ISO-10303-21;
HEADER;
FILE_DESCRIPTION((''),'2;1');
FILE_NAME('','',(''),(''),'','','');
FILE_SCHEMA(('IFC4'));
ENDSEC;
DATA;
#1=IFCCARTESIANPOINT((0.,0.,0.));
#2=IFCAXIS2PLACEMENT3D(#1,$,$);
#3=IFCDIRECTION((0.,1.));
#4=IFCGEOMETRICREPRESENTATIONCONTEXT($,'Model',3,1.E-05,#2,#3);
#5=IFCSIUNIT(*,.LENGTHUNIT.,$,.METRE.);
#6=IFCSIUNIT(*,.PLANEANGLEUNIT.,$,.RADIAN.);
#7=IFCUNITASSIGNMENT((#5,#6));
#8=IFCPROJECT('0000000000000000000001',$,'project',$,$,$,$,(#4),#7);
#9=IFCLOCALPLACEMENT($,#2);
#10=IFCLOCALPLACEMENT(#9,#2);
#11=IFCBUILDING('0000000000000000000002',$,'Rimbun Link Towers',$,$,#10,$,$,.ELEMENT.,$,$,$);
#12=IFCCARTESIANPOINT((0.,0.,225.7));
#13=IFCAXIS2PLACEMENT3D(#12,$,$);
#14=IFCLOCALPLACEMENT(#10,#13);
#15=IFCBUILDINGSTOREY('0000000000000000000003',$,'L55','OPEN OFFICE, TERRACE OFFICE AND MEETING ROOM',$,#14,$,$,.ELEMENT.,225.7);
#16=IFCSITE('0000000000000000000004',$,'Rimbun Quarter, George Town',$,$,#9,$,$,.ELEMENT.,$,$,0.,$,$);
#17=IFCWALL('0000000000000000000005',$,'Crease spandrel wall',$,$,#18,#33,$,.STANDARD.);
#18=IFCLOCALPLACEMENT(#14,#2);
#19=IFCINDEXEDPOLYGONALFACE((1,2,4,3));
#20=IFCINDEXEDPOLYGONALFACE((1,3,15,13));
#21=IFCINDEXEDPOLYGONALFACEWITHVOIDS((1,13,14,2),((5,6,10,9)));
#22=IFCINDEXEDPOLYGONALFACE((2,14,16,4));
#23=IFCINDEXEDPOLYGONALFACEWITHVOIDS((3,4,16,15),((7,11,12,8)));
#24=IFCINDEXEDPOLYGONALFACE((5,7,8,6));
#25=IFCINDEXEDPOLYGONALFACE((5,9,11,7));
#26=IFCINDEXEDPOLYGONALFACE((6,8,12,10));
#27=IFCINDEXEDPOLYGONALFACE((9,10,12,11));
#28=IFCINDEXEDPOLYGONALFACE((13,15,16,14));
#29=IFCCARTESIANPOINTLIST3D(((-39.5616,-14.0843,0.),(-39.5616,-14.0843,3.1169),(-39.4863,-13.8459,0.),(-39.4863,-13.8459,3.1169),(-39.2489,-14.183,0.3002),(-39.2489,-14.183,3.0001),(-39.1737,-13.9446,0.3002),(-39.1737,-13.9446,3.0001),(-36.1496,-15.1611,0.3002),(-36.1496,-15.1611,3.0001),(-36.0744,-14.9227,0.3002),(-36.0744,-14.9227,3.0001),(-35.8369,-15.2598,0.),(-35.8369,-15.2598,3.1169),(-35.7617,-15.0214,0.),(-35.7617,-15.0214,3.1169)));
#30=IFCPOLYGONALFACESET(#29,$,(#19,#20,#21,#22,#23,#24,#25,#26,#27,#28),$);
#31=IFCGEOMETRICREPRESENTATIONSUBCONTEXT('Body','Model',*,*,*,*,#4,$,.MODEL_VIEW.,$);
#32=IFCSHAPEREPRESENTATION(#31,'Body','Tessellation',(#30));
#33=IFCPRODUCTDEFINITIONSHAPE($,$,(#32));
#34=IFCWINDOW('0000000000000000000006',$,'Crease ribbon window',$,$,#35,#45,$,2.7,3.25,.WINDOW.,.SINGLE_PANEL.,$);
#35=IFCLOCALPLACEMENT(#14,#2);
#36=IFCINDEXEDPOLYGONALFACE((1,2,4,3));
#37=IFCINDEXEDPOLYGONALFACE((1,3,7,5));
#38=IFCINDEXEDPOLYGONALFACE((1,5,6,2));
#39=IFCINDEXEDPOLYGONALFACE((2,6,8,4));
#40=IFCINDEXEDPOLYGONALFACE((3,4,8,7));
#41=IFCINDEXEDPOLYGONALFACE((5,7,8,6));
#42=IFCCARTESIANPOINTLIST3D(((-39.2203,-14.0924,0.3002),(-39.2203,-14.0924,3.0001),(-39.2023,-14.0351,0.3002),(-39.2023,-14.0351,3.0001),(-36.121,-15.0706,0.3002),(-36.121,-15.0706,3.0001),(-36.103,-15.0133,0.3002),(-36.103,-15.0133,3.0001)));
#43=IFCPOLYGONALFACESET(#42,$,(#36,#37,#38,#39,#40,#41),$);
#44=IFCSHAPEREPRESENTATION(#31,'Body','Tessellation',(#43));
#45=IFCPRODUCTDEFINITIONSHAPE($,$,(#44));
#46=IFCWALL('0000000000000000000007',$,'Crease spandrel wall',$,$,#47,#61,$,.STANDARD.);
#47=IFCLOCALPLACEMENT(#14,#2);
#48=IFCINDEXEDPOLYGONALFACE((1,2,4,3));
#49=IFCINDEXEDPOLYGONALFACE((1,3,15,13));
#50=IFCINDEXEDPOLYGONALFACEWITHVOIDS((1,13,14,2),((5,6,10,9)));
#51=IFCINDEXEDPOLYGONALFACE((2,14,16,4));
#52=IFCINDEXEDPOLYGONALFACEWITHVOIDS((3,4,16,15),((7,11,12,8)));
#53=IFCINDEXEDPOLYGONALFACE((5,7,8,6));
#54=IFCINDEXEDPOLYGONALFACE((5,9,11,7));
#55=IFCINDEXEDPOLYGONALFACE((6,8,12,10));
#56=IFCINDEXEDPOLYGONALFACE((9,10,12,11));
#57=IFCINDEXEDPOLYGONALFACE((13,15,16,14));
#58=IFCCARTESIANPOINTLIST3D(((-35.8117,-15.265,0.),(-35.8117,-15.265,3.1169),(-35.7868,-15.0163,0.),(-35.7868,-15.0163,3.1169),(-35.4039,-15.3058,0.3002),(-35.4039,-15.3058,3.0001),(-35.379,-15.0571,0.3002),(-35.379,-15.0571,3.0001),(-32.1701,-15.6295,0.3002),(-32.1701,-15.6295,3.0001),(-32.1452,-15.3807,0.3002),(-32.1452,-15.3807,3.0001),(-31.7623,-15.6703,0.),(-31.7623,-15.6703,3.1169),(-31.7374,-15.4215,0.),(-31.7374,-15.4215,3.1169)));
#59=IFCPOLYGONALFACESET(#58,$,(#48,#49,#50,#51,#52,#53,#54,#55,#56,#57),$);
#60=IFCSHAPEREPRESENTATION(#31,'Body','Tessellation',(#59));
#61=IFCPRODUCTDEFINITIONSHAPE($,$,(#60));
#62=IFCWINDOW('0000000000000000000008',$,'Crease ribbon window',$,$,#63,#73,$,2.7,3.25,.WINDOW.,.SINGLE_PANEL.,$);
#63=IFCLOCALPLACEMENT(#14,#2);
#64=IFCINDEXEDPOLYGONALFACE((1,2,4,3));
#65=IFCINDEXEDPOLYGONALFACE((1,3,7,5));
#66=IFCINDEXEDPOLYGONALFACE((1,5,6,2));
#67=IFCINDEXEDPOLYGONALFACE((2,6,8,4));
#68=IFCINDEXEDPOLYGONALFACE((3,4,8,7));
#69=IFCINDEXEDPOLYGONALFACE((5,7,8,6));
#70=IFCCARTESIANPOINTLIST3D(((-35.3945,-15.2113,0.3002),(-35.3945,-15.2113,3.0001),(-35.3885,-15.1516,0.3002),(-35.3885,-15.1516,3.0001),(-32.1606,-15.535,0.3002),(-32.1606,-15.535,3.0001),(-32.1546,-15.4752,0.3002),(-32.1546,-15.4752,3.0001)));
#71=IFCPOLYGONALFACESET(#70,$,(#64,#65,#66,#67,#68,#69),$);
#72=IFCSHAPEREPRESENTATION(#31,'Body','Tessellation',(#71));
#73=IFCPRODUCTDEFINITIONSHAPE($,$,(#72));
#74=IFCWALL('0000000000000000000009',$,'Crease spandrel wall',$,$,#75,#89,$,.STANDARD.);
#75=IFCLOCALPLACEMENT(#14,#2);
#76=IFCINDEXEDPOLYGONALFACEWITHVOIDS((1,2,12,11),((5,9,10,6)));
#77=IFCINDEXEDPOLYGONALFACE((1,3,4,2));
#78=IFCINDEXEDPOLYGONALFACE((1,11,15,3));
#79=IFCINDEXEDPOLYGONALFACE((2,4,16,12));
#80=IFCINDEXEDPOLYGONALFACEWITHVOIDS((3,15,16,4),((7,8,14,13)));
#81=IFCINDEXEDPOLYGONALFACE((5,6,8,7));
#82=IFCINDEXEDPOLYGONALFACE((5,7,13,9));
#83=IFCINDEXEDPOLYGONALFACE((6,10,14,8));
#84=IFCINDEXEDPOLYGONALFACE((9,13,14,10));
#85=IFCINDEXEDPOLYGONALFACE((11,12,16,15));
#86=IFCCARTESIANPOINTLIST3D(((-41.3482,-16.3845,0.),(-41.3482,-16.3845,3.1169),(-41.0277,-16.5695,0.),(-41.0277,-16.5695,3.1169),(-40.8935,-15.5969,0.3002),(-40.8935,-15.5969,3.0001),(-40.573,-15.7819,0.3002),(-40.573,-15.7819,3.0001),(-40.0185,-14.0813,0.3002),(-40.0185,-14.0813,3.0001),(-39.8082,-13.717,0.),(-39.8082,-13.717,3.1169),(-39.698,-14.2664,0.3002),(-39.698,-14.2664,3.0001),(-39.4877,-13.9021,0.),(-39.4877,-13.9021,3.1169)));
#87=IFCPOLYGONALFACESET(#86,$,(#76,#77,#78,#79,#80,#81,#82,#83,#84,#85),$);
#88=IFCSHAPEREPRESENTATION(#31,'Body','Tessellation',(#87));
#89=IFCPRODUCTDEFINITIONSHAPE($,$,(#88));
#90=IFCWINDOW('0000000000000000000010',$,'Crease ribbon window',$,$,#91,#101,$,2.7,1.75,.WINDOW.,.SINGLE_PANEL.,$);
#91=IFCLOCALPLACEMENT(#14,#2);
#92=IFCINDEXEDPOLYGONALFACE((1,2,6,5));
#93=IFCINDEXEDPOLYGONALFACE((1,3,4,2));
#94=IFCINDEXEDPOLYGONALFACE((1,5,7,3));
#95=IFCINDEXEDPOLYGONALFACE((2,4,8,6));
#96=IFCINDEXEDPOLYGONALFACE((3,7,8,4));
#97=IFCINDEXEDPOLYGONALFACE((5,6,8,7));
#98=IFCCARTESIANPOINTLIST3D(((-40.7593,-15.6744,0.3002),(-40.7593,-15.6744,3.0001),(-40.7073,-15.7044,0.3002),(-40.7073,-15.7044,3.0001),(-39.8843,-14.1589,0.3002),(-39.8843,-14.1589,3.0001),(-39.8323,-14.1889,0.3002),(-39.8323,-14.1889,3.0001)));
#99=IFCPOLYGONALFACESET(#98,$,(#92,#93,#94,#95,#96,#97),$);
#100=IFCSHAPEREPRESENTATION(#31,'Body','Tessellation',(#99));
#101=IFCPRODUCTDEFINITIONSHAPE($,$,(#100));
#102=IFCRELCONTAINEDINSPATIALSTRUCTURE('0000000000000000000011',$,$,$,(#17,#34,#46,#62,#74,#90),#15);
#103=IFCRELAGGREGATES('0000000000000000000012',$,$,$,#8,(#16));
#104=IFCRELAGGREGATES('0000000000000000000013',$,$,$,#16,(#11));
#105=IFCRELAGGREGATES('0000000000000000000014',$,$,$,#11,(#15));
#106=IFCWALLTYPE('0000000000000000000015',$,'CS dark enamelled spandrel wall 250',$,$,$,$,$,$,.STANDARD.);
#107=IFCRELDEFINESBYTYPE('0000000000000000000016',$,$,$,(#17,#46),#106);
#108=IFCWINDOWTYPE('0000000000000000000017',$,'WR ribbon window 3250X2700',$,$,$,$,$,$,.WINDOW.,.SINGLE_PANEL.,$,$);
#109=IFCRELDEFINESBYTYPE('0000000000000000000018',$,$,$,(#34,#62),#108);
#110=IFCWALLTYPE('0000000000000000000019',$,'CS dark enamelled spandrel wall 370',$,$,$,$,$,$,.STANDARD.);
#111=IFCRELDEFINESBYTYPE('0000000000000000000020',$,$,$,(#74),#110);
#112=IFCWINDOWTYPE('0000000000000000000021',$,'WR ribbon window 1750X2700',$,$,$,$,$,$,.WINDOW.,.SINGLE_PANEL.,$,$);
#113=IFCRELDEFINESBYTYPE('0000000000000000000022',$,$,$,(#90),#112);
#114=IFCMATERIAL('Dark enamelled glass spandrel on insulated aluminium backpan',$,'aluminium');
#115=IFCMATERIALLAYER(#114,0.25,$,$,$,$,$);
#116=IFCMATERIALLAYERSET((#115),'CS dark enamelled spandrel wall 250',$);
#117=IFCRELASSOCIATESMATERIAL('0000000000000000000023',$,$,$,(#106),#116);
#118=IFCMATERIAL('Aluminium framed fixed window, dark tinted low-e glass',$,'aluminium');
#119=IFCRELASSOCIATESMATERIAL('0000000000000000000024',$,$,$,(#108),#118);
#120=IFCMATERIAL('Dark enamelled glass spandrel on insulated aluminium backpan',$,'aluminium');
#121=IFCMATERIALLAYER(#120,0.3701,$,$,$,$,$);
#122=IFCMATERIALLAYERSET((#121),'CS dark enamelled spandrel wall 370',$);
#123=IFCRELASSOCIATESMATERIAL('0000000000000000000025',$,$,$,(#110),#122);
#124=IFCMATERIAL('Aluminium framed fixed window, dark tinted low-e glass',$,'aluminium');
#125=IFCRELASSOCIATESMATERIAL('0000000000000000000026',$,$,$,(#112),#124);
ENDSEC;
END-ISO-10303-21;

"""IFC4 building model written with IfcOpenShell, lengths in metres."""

from ifc_helpers import new_model, si_unit, direction, frame, frame_2d, origin, place, context, subcontext, project, spatial, rectangle, extrude, material, layer, layer_set, type_object, element, fill, save


model = new_model("IFC4")

# Units and contexts
model_context = context("Model", 3, precision=1e-05, world=origin(), true_north=direction((0.0, 1.0)))
body_context = subcontext(model_context, "Body", "Model", "MODEL_VIEW")
ifc_project = project(units=[si_unit("LENGTHUNIT", "METRE"), si_unit("PLANEANGLEUNIT", "RADIAN")], contexts=[model_context])

# Site, building, storey
site_placement = place(None, origin())
site = spatial("IfcSite", under=ifc_project, at=site_placement, Name="Rimbun Quarter, George Town", CompositionType="ELEMENT", RefElevation=0.0)
building_placement = place(site_placement, origin())
building = spatial("IfcBuilding", under=site, at=building_placement, Name="Rimbun Link Towers", CompositionType="ELEMENT")
storey_placement = place(building_placement, frame((0.0, 0.0, 225.7)))
storey = spatial("IfcBuildingStorey", under=building, at=storey_placement, Name="L55", Description="OPEN OFFICE, TERRACE OFFICE AND MEETING ROOM", CompositionType="ELEMENT", Elevation=225.7)

# Walls, openings, windows
ifc_material_1 = material(Name="Dark enamelled glass spandrel on insulated aluminium backpan", Category="aluminium")
ifc_layer_1 = layer(ifc_material_1, 0.25)
ifc_layer_set_1 = layer_set([ifc_layer_1], Name="CS dark enamelled spandrel wall 250")
wall_type_1 = type_object("IfcWallType", Name="CS dark enamelled spandrel wall 250", PredefinedType="STANDARD", material=ifc_layer_set_1)
wall_1_placement = place(storey_placement, frame((-35.7993, -15.1406, 0.0), z_axis=(0.0, 0.0, 1.0), x_axis=(-0.953631, 0.300979, 0.0)))
wall_1 = element("IfcWall", 1, at=wall_1_placement, inside=storey, type_object=wall_type_1, Name="Crease spandrel wall", PredefinedType="STANDARD", context=body_context, shape_type="SweptSolid", body=[
    extrude(rectangle(XDim=3.9058, YDim=0.25, at=frame_2d((1.9529, 0.0))), origin(), (0.0, 0.0, 1.0), 3.1169),
])
opening_1_placement = place(wall_1_placement, frame((0.3279, 0.0, 0.3)))
opening_1 = element("IfcOpeningElement", 2, at=opening_1_placement, cuts=wall_1, PredefinedType="OPENING", context=body_context, shape_type="SweptSolid", body=[
    extrude(rectangle(XDim=3.25, YDim=2.7, at=frame_2d((1.625, 1.3501))), frame((0.0, 0.135, 0.0), z_axis=(0.0, -1.0, 0.0), x_axis=(1.0, 0.0, 0.0)), (0.0, 0.0, 1.0), 0.27),
])
ifc_material_2 = material(Name="Aluminium framed fixed window, dark tinted low-e glass", Category="aluminium")
window_type_1 = type_object("IfcWindowType", Name="WR ribbon window 3250X2700", PartitioningType="SINGLE_PANEL", PredefinedType="WINDOW", material=ifc_material_2)
window_1_placement = place(opening_1_placement, origin())
window_1 = element("IfcWindow", 3, at=window_1_placement, inside=storey, type_object=window_type_1, Name="Crease ribbon window", OverallHeight=2.7, OverallWidth=3.25, PartitioningType="SINGLE_PANEL", PredefinedType="WINDOW", context=body_context, shape_type="SweptSolid", body=[
    extrude(rectangle(XDim=3.25, YDim=2.7, at=frame_2d((1.625, 1.3501))), frame((0.0, 0.03, 0.0), z_axis=(0.0, -1.0, 0.0), x_axis=(1.0, 0.0, 0.0)), (0.0, 0.0, 1.0), 0.0601),
])
fill(opening_1, window_1)
wall_2_placement = place(storey_placement, frame((-31.75, -15.5459, 0.0), z_axis=(0.0, 0.0, 1.0), x_axis=(-0.995029, 0.099587, 0.0)))
wall_2 = element("IfcWall", 4, at=wall_2_placement, inside=storey, type_object=wall_type_1, Name="Crease spandrel wall", PredefinedType="STANDARD", context=body_context, shape_type="SweptSolid", body=[
    extrude(rectangle(XDim=4.0696, YDim=0.25, at=frame_2d((2.0347, 0.0))), origin(), (0.0, 0.0, 1.0), 3.1169),
])
opening_2_placement = place(wall_2_placement, frame((0.4097, 0.0, 0.3)))
opening_2 = element("IfcOpeningElement", 5, at=opening_2_placement, cuts=wall_2, PredefinedType="OPENING", context=body_context, shape_type="SweptSolid", body=[
    extrude(rectangle(XDim=3.25, YDim=2.7, at=frame_2d((1.625, 1.3501))), frame((0.0, 0.135, 0.0), z_axis=(0.0, -1.0, 0.0), x_axis=(1.0, 0.0, 0.0)), (0.0, 0.0, 1.0), 0.27),
])
window_2_placement = place(opening_2_placement, origin())
window_2 = element("IfcWindow", 6, at=window_2_placement, inside=storey, type_object=window_type_1, Name="Crease ribbon window", OverallHeight=2.7, OverallWidth=3.25, PartitioningType="SINGLE_PANEL", PredefinedType="WINDOW", context=body_context, shape_type="SweptSolid", body=[
    extrude(rectangle(XDim=3.25, YDim=2.7, at=frame_2d((1.625, 1.3501))), frame((0.0, 0.03, 0.0), z_axis=(0.0, -1.0, 0.0), x_axis=(1.0, 0.0, 0.0)), (0.0, 0.0, 1.0), 0.0601),
])
fill(opening_2, window_2)
ifc_material_3 = material(Name="Dark enamelled glass spandrel on insulated aluminium backpan", Category="aluminium")
ifc_layer_2 = layer(ifc_material_3, 0.3701)
ifc_layer_set_2 = layer_set([ifc_layer_2], Name="CS dark enamelled spandrel wall 370")
wall_type_2 = type_object("IfcWallType", Name="CS dark enamelled spandrel wall 370", PredefinedType="STANDARD", material=ifc_layer_set_2)
wall_3_placement = place(storey_placement, frame((-39.6479, -13.8096, 0.0), z_axis=(0.0, 0.0, 1.0), x_axis=(-0.499992, -0.86603, 0.0)))
wall_3 = element("IfcWall", 7, at=wall_3_placement, inside=storey, type_object=wall_type_2, Name="Crease spandrel wall", PredefinedType="STANDARD", context=body_context, shape_type="SweptSolid", body=[
    extrude(rectangle(XDim=3.0801, YDim=0.3701, at=frame_2d((1.54, 0.0))), origin(), (0.0, 0.0, 1.0), 3.1169),
])
opening_3_placement = place(wall_3_placement, frame((0.4207, 0.0, 0.3)))
opening_3 = element("IfcOpeningElement", 8, at=opening_3_placement, cuts=wall_3, PredefinedType="OPENING", context=body_context, shape_type="SweptSolid", body=[
    extrude(rectangle(XDim=1.75, YDim=2.7, at=frame_2d((0.875, 1.3501))), frame((0.0, 0.1951, 0.0), z_axis=(0.0, -1.0, 0.0), x_axis=(1.0, 0.0, 0.0)), (0.0, 0.0, 1.0), 0.3901),
])
ifc_material_4 = material(Name="Aluminium framed fixed window, dark tinted low-e glass", Category="aluminium")
window_type_2 = type_object("IfcWindowType", Name="WR ribbon window 1750X2700", PartitioningType="SINGLE_PANEL", PredefinedType="WINDOW", material=ifc_material_4)
window_3_placement = place(opening_3_placement, origin())
window_3 = element("IfcWindow", 9, at=window_3_placement, inside=storey, type_object=window_type_2, Name="Crease ribbon window", OverallHeight=2.7, OverallWidth=1.75, PartitioningType="SINGLE_PANEL", PredefinedType="WINDOW", context=body_context, shape_type="SweptSolid", body=[
    extrude(rectangle(XDim=1.75, YDim=2.7, at=frame_2d((0.875, 1.3501))), frame((0.0, 0.03, 0.0), z_axis=(0.0, -1.0, 0.0), x_axis=(1.0, 0.0, 0.0)), (0.0, 0.0, 1.0), 0.0601),
])
fill(opening_3, window_3)

save(model, "model.ifc")
